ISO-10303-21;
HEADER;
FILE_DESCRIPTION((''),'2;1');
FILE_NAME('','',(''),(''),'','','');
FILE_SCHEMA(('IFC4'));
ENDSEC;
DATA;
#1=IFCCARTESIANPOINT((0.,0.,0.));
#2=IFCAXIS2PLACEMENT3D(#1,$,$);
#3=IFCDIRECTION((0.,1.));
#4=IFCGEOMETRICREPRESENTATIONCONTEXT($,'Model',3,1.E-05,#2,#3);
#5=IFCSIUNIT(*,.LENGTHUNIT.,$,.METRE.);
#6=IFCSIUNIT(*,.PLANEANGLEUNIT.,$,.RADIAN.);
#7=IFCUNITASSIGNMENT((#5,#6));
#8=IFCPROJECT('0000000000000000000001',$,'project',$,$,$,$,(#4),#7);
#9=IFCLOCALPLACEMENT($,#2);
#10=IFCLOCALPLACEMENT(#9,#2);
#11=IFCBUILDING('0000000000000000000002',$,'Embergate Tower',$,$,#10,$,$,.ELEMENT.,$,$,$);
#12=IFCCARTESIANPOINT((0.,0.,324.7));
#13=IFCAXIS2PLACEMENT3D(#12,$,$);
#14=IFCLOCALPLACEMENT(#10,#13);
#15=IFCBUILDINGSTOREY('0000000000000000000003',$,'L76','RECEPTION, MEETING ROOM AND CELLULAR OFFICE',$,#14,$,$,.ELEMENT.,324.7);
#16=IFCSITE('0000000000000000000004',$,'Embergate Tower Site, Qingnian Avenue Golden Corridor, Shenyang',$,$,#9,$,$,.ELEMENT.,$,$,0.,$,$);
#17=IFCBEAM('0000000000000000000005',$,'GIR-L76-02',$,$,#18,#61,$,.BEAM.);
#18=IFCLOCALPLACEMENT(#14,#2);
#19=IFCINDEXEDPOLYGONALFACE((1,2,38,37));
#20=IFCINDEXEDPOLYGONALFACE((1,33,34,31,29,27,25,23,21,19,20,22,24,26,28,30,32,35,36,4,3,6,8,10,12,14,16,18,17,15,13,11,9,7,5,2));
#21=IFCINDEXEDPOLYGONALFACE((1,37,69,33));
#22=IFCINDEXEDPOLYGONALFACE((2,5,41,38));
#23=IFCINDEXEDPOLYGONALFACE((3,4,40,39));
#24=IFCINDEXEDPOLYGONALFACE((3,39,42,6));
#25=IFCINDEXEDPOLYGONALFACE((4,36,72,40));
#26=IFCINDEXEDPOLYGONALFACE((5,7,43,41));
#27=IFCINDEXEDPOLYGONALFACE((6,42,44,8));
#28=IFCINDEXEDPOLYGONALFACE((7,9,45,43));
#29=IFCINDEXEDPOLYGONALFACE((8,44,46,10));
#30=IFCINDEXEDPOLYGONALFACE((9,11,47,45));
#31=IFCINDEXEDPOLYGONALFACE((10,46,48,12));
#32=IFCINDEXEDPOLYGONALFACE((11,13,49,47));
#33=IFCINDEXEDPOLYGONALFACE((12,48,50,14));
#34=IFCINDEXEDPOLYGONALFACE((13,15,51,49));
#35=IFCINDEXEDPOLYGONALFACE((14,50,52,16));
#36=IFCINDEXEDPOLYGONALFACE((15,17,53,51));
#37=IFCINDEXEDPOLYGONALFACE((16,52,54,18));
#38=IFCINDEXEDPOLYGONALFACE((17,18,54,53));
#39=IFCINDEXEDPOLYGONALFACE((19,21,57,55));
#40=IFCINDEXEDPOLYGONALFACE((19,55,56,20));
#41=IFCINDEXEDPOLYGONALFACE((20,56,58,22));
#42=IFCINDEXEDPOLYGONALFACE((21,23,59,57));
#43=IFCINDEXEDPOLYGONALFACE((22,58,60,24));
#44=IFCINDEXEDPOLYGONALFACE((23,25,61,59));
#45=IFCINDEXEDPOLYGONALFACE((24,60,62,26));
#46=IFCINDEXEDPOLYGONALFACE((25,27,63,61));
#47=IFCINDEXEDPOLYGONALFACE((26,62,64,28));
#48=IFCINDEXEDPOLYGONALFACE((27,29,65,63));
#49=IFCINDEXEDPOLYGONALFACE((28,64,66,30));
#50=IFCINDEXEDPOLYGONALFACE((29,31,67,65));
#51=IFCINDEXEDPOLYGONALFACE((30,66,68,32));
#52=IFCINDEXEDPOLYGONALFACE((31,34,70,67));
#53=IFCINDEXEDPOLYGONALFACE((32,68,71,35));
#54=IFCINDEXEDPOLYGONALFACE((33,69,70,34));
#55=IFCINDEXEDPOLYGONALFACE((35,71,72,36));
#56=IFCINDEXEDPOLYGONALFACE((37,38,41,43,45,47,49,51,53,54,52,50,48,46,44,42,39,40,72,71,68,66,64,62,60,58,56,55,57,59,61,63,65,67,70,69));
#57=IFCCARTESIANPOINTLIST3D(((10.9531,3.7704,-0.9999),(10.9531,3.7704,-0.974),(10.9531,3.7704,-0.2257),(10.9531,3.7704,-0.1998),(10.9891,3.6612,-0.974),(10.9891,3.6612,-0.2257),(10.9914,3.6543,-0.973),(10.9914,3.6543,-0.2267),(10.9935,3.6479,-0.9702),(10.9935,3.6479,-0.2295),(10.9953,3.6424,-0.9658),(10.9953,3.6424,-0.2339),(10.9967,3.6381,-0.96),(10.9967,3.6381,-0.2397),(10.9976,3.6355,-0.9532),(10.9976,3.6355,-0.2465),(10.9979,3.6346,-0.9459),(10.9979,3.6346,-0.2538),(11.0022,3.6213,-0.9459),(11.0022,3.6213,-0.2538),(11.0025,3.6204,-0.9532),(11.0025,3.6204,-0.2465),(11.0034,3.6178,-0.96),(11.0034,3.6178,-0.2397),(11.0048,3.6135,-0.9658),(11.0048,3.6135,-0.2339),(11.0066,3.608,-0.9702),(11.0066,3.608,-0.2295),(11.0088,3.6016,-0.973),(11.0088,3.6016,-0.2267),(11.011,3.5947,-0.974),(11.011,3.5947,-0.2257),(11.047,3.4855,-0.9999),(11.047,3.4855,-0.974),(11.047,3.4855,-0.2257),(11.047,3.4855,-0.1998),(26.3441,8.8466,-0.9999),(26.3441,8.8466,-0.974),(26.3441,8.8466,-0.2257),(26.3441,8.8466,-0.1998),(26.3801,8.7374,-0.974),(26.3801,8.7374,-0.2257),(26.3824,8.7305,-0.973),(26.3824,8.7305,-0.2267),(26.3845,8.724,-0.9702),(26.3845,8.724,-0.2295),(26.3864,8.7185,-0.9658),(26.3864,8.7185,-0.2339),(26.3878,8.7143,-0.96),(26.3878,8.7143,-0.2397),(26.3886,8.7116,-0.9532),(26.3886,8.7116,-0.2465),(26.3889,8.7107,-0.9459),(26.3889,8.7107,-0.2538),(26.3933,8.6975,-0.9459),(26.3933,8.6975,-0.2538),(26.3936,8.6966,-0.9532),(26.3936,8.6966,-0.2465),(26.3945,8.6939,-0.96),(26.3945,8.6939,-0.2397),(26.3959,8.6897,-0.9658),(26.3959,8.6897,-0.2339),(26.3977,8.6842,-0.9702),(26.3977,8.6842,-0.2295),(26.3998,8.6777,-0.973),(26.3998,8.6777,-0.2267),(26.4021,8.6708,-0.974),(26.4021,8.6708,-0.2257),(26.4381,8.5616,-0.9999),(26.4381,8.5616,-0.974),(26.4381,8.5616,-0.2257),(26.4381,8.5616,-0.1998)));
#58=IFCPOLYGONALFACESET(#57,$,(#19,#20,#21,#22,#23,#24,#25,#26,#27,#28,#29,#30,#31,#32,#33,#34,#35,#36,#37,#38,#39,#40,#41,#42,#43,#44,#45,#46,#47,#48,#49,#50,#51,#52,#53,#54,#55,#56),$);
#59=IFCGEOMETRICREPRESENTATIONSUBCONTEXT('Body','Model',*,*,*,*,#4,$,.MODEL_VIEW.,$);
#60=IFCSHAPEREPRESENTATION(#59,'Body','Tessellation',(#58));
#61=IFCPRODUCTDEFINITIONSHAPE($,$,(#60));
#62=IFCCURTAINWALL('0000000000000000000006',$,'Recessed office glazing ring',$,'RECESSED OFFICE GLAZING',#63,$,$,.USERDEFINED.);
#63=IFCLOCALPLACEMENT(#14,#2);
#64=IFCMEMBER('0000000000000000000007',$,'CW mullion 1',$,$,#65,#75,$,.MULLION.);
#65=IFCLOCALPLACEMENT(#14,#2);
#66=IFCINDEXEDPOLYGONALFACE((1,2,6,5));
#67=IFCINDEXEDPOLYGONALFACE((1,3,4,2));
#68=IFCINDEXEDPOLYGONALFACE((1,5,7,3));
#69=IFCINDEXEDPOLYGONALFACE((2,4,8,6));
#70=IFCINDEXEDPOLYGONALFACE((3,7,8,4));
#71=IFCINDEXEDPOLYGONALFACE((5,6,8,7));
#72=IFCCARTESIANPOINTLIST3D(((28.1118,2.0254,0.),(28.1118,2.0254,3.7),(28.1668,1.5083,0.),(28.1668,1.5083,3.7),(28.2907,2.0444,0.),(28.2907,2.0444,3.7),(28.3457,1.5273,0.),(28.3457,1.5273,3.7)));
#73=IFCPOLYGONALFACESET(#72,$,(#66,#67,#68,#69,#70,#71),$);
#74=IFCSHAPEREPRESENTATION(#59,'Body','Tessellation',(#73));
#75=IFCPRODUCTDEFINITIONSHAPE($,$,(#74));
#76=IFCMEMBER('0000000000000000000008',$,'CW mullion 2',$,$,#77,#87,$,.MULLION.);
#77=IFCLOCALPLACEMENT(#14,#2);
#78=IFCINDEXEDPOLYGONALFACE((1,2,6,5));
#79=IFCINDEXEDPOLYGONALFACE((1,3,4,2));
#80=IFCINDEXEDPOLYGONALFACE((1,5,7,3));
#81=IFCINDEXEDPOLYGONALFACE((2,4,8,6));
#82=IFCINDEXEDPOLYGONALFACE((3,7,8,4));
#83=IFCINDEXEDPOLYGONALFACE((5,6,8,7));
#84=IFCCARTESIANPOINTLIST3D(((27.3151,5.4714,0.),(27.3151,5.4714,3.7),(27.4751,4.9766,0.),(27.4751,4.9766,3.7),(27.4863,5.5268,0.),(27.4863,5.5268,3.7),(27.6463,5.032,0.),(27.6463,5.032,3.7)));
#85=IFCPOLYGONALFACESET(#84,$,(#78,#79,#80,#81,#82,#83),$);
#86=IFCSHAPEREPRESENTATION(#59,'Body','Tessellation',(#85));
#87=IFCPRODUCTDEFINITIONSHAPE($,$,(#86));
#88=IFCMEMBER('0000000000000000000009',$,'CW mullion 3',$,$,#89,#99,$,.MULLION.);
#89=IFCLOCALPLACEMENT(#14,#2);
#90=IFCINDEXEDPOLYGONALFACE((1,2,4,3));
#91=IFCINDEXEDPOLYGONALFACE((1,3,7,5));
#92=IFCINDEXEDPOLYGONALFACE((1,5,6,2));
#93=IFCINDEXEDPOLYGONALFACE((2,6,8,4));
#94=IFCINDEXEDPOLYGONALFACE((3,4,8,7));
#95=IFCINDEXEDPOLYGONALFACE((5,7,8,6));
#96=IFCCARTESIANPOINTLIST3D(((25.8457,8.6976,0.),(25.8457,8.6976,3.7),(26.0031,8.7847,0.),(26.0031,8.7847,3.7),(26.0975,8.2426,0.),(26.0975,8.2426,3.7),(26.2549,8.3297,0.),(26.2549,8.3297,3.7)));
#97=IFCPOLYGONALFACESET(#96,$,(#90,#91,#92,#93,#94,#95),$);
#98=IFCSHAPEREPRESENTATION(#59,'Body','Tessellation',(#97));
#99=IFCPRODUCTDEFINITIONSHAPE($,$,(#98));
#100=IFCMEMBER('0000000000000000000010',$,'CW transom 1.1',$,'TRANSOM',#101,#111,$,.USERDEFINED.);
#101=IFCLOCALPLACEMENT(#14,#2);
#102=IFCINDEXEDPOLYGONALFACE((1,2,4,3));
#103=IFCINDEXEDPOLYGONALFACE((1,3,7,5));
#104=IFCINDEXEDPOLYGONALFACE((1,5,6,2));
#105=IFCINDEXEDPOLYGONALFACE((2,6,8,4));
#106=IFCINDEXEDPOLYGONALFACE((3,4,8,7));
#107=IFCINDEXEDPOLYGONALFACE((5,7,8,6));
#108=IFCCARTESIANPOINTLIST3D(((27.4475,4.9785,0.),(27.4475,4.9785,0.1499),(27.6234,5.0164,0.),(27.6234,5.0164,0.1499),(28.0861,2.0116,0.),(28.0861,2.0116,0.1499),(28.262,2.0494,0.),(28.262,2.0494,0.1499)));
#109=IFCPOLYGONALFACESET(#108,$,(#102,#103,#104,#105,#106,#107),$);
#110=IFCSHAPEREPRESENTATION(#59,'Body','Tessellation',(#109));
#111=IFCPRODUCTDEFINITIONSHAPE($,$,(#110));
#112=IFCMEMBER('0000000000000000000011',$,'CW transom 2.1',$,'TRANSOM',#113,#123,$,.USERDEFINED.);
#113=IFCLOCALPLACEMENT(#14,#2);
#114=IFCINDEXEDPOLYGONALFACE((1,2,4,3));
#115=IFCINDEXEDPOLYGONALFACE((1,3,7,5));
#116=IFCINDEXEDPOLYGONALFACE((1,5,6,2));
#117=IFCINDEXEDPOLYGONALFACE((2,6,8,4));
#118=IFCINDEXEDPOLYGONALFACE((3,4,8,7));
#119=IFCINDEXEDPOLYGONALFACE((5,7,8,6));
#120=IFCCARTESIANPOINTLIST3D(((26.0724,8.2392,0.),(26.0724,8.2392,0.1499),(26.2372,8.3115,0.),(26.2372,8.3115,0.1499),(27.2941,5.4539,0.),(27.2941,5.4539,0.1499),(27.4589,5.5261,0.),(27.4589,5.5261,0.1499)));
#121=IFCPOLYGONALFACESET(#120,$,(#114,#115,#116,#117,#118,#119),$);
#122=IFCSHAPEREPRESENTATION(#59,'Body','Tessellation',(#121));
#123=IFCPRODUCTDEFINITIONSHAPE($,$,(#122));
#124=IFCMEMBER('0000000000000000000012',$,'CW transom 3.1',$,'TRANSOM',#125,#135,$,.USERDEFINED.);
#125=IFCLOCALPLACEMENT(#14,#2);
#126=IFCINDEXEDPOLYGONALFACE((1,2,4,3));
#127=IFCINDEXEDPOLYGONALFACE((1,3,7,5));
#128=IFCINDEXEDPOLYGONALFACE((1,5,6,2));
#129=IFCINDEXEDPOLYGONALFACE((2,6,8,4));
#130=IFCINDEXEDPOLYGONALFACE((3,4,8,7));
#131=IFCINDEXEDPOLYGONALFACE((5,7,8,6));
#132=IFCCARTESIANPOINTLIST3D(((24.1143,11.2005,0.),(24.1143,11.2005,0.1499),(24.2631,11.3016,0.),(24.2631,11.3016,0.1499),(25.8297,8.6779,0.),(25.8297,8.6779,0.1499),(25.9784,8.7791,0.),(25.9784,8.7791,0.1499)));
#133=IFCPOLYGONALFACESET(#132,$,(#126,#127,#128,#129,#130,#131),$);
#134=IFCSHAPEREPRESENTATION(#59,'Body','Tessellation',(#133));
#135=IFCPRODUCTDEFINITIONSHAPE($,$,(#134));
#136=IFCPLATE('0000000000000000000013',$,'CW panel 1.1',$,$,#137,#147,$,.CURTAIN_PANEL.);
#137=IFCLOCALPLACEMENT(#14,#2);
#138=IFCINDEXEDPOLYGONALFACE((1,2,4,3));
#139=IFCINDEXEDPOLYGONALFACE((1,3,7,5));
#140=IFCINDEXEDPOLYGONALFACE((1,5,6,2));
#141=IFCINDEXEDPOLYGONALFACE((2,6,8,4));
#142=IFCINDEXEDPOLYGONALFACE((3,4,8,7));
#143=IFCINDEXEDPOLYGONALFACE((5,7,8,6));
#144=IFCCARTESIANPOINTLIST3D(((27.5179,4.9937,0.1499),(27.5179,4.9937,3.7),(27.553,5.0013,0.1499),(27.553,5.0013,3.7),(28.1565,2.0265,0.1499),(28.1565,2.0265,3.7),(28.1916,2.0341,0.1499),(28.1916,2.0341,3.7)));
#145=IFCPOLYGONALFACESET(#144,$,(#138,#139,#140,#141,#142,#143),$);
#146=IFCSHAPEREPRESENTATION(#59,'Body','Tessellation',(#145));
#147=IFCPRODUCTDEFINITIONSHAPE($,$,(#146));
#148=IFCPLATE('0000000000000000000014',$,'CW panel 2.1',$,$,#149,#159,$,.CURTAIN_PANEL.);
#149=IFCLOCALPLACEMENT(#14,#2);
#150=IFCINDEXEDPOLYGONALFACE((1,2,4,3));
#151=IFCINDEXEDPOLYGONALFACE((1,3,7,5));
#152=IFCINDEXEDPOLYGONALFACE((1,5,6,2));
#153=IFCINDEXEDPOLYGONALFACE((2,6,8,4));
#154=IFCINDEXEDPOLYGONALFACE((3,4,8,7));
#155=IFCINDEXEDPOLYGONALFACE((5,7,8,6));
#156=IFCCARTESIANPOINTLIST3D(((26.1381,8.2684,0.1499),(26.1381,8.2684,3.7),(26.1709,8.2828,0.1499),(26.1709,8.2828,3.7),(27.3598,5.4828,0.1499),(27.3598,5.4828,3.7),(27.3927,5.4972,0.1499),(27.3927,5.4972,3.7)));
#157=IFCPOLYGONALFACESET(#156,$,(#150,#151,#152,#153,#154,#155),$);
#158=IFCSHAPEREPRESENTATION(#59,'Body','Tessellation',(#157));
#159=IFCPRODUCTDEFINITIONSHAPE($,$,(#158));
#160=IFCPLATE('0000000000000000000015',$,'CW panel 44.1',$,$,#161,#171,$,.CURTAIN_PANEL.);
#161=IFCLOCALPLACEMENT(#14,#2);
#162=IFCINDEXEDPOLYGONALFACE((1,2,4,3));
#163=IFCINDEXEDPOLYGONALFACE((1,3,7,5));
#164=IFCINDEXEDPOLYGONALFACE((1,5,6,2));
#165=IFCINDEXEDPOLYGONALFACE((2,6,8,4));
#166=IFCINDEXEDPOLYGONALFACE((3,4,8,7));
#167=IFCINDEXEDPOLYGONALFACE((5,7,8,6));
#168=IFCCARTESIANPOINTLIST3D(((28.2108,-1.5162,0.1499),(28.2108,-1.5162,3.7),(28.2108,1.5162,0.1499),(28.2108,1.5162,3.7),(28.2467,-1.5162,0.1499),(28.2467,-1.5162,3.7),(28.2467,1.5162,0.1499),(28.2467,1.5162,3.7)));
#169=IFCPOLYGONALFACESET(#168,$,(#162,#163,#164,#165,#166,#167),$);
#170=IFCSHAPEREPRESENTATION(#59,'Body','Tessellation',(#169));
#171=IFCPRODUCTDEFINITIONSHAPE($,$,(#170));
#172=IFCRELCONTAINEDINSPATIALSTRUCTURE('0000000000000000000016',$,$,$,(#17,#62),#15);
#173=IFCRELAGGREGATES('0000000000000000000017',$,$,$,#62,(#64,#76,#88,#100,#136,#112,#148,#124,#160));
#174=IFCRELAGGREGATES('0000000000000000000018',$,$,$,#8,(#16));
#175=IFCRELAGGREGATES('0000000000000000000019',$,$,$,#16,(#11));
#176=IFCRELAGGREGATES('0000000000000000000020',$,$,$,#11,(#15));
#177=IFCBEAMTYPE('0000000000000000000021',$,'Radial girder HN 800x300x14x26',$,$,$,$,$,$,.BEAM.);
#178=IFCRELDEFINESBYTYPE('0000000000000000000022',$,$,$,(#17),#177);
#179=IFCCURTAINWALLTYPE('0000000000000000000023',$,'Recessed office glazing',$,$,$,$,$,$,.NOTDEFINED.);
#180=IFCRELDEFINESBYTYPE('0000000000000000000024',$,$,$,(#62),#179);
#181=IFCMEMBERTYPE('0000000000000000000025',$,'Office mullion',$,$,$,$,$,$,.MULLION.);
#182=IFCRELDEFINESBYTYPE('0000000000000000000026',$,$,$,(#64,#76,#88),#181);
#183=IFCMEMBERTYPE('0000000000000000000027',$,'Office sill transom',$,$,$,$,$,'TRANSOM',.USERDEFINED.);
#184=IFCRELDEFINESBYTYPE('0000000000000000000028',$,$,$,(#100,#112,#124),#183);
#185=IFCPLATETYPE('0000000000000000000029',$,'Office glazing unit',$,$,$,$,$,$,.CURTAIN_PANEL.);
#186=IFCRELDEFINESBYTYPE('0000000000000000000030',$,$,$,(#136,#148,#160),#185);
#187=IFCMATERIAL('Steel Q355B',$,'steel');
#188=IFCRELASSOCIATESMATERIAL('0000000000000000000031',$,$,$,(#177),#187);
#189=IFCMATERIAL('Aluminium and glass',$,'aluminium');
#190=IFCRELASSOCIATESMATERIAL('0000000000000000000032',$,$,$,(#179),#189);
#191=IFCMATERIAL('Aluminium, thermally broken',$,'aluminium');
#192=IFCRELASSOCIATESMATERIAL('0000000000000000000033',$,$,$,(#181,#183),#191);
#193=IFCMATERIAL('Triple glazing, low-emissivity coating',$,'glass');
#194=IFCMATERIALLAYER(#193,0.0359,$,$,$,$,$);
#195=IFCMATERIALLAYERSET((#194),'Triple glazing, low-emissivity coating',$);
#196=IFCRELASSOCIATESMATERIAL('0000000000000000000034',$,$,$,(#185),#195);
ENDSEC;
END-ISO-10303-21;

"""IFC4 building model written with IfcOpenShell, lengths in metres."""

from ifc_helpers import new_model, si_unit, direction, frame, origin, origin_2d, place, context, subcontext, project, spatial, rectangle, i_section, extrude, source, transform, mapped, material, layer, layer_set, material_profile, profile_set, type_object, element, aggregate, save


model = new_model("IFC4")

# Units and contexts
model_context = context("Model", 3, precision=1e-05, world=origin(), true_north=direction((0.0, 1.0)))
body_context = subcontext(model_context, "Body", "Model", "MODEL_VIEW")
ifc_project = project(units=[si_unit("LENGTHUNIT", "METRE"), si_unit("PLANEANGLEUNIT", "RADIAN")], contexts=[model_context])

# Site, building, storey
site_placement = place(None, origin())
site = spatial("IfcSite", under=ifc_project, at=site_placement, Name="Embergate Tower Site, Qingnian Avenue Golden Corridor, Shenyang", CompositionType="ELEMENT", RefElevation=0.0)
building_placement = place(site_placement, origin())
building = spatial("IfcBuilding", under=site, at=building_placement, Name="Embergate Tower", CompositionType="ELEMENT")
storey_placement = place(building_placement, frame((0.0, 0.0, 324.7)))
storey = spatial("IfcBuildingStorey", under=building, at=storey_placement, Name="L76", Description="RECEPTION, MEETING ROOM AND CELLULAR OFFICE", CompositionType="ELEMENT", Elevation=324.7)

# Beam
ifc_material_1 = material(Name="Steel Q355B", Category="steel")
ifc_material_profile_1 = material_profile(ifc_material_1, i_section(OverallWidth=0.3, OverallDepth=0.8, WebThickness=0.0139, FlangeThickness=0.0259, FilletRadius=0.0281, at=origin_2d()), Name="HN 800x300x14x26")
ifc_profile_set_1 = profile_set([ifc_material_profile_1], Name="Steel Q355 grade B")
beam_type_1 = type_object("IfcBeamType", Name="Radial girder HN 800x300x14x26", PredefinedType="BEAM", material=ifc_profile_set_1)
shared_shape_1 = source(origin(), body_context, "Body", "SweptSolid", [
    extrude(i_section(OverallWidth=0.3, OverallDepth=0.8, WebThickness=0.0139, FlangeThickness=0.0259, FilletRadius=0.0281, at=origin_2d()), origin(), (0.0, 0.0, 1.0), 16.2065),
])
beam_1_placement = place(storey_placement, frame((26.3911, 8.7041, -0.5999), z_axis=(-0.949682, -0.313216, 0.0), x_axis=(0.313216, -0.949682, 0.0)))
element("IfcBeam", 1, at=beam_1_placement, inside=storey, type_object=beam_type_1, Name="GIR-L76-02", PredefinedType="BEAM", context=body_context, shape_type="MappedRepresentation", body=[
    mapped(shared_shape_1, transform((0.0, 0.0, 0.0))),
])

# Curtain wall, members, plates
ifc_material_2 = material(Name="Aluminium and glass", Category="aluminium")
curtain_wall_type = type_object("IfcCurtainWallType", Name="Recessed office glazing", PredefinedType="NOTDEFINED", material=ifc_material_2)
curtain_wall_placement = place(storey_placement, origin())
curtain_wall = element("IfcCurtainWall", 2, at=curtain_wall_placement, inside=storey, type_object=curtain_wall_type, Name="Recessed office glazing ring", ObjectType="RECESSED OFFICE GLAZING", PredefinedType="USERDEFINED")
ifc_material_3 = material(Name="Aluminium, thermally broken", Category="aluminium")
ifc_material_profile_2 = material_profile(ifc_material_3, rectangle(XDim=0.1799, YDim=0.52, at=origin_2d()), Name="AL 520x180")
ifc_profile_set_2 = profile_set([ifc_material_profile_2], Name="Aluminium, thermally broken")
member_type_1 = type_object("IfcMemberType", Name="Office mullion", PredefinedType="MULLION", material=ifc_profile_set_2)
shared_shape_2 = source(origin(), body_context, "Body", "SweptSolid", [
    extrude(rectangle(XDim=0.1799, YDim=0.52, at=origin_2d()), origin(), (0.0, 0.0, 1.0), 3.7),
])
member_1_placement = place(storey_placement, frame((28.2288, 1.7764, 0.0), z_axis=(0.0, 0.0, 1.0), x_axis=(-0.994384, -0.105832, 0.0)))
member_1 = element("IfcMember", 3, at=member_1_placement, type_object=member_type_1, Name="CW mullion 1", PredefinedType="MULLION", context=body_context, shape_type="MappedRepresentation", body=[
    mapped(shared_shape_2, transform((0.0, 0.0, 0.0))),
])
member_2_placement = place(storey_placement, frame((27.4807, 5.2517, 0.0), z_axis=(0.0, 0.0, 1.0), x_axis=(-0.951492, -0.307674, 0.0)))
member_2 = element("IfcMember", 4, at=member_2_placement, type_object=member_type_1, Name="CW mullion 2", PredefinedType="MULLION", context=body_context, shape_type="MappedRepresentation", body=[
    mapped(shared_shape_2, transform((0.0, 0.0, 0.0))),
])
member_3_placement = place(storey_placement, frame((26.0503, 8.5137, 0.0), z_axis=(0.0, 0.0, 1.0), x_axis=(-0.874991, -0.484139, 0.0)))
member_3 = element("IfcMember", 5, at=member_3_placement, type_object=member_type_1, Name="CW mullion 3", PredefinedType="MULLION", context=body_context, shape_type="MappedRepresentation", body=[
    mapped(shared_shape_2, transform((0.0, 0.0, 0.0))),
])
ifc_material_profile_3 = material_profile(ifc_material_3, rectangle(XDim=0.1799, YDim=0.1499, at=origin_2d()), Name="AL 150x180")
ifc_profile_set_3 = profile_set([ifc_material_profile_3], Name="Aluminium, thermally broken")
member_type_2 = type_object("IfcMemberType", Name="Office sill transom", ElementType="TRANSOM", PredefinedType="USERDEFINED", material=ifc_profile_set_3)
shared_shape_3 = source(origin(), body_context, "Body", "SweptSolid", [
    extrude(rectangle(XDim=0.1799, YDim=0.1499, at=origin_2d()), origin(), (0.0, 0.0, 1.0), 3.0349),
])
member_4_placement = place(storey_placement, frame((28.1741, 2.0305, 0.075), z_axis=(-0.210435, 0.977608, 0.0), x_axis=(-0.977608, -0.210435, 0.0)))
member_4 = element("IfcMember", 6, at=member_4_placement, type_object=member_type_2, Name="CW transom 1.1", ObjectType="TRANSOM", PredefinedType="USERDEFINED", context=body_context, shape_type="MappedRepresentation", body=[
    mapped(shared_shape_3, transform((0.0, 0.0, 0.0))),
])
shared_shape_4 = source(origin(), body_context, "Body", "SweptSolid", [
    extrude(rectangle(XDim=0.1799, YDim=0.1499, at=origin_2d()), origin(), (0.0, 0.0, 1.0), 3.0415),
])
member_5_placement = place(storey_placement, frame((27.3765, 5.49, 0.075), z_axis=(-0.401665, 0.915787, 0.0), x_axis=(-0.915787, -0.401665, 0.0)))
member_5 = element("IfcMember", 7, at=member_5_placement, type_object=member_type_2, Name="CW transom 2.1", ObjectType="TRANSOM", PredefinedType="USERDEFINED", context=body_context, shape_type="MappedRepresentation", body=[
    mapped(shared_shape_4, transform((0.0, 0.0, 0.0))),
])
shared_shape_5 = source(origin(), body_context, "Body", "SweptSolid", [
    extrude(rectangle(XDim=0.1799, YDim=0.1499, at=origin_2d()), origin(), (0.0, 0.0, 1.0), 3.0505),
])
member_6_placement = place(storey_placement, frame((25.9041, 8.7285, 0.075), z_axis=(-0.562323, 0.826918, 0.0), x_axis=(-0.826918, -0.562323, 0.0)))
member_6 = element("IfcMember", 8, at=member_6_placement, type_object=member_type_2, Name="CW transom 3.1", ObjectType="TRANSOM", PredefinedType="USERDEFINED", context=body_context, shape_type="MappedRepresentation", body=[
    mapped(shared_shape_5, transform((0.0, 0.0, 0.0))),
])
ifc_material_4 = material(Name="Triple glazing, low-emissivity coating", Category="glass")
ifc_layer_1 = layer(ifc_material_4, 0.0359)
ifc_layer_set_1 = layer_set([ifc_layer_1], Name="Triple glazing, low-emissivity coating")
plate_type = type_object("IfcPlateType", Name="Office glazing unit", PredefinedType="CURTAIN_PANEL", material=ifc_layer_set_1)
shared_shape_6 = source(origin(), body_context, "Body", "SweptSolid", [
    extrude(rectangle(XDim=3.0352, YDim=0.0359, at=origin_2d()), origin(), (0.0, 0.0, 1.0), 3.55),
])
plate_1_placement = place(storey_placement, frame((27.8547, 3.5139, 0.1499), z_axis=(0.0, 0.0, 1.0), x_axis=(-0.2104, 0.977615, 0.0)))
plate_1 = element("IfcPlate", 9, at=plate_1_placement, type_object=plate_type, Name="CW panel 1.1", PredefinedType="CURTAIN_PANEL", context=body_context, shape_type="MappedRepresentation", body=[
    mapped(shared_shape_6, transform((0.0, 0.0, 0.0))),
])
shared_shape_7 = source(origin(), body_context, "Body", "SweptSolid", [
    extrude(rectangle(XDim=3.0417, YDim=0.0359, at=origin_2d()), origin(), (0.0, 0.0, 1.0), 3.55),
])
plate_2_placement = place(storey_placement, frame((26.7654, 6.8828, 0.1499), z_axis=(0.0, 0.0, 1.0), x_axis=(-0.401654, 0.915792, 0.0)))
plate_2 = element("IfcPlate", 10, at=plate_2_placement, type_object=plate_type, Name="CW panel 2.1", PredefinedType="CURTAIN_PANEL", context=body_context, shape_type="MappedRepresentation", body=[
    mapped(shared_shape_7, transform((0.0, 0.0, 0.0))),
])
shared_shape_8 = source(origin(), body_context, "Body", "SweptSolid", [
    extrude(rectangle(XDim=3.0325, YDim=0.0359, at=origin_2d()), origin(), (0.0, 0.0, 1.0), 3.55),
])
plate_3_placement = place(storey_placement, frame((28.2288, 0.0, 0.1499), z_axis=(0.0, 0.0, 1.0), x_axis=(0.0, 1.0, 0.0)))
plate_3 = element("IfcPlate", 11, at=plate_3_placement, type_object=plate_type, Name="CW panel 44.1", PredefinedType="CURTAIN_PANEL", context=body_context, shape_type="MappedRepresentation", body=[
    mapped(shared_shape_8, transform((0.0, 0.0, 0.0))),
])
aggregate(curtain_wall, [member_1, member_2, member_3, member_4, plate_1, member_5, plate_2, member_6, plate_3])

save(model, "model.ifc")
